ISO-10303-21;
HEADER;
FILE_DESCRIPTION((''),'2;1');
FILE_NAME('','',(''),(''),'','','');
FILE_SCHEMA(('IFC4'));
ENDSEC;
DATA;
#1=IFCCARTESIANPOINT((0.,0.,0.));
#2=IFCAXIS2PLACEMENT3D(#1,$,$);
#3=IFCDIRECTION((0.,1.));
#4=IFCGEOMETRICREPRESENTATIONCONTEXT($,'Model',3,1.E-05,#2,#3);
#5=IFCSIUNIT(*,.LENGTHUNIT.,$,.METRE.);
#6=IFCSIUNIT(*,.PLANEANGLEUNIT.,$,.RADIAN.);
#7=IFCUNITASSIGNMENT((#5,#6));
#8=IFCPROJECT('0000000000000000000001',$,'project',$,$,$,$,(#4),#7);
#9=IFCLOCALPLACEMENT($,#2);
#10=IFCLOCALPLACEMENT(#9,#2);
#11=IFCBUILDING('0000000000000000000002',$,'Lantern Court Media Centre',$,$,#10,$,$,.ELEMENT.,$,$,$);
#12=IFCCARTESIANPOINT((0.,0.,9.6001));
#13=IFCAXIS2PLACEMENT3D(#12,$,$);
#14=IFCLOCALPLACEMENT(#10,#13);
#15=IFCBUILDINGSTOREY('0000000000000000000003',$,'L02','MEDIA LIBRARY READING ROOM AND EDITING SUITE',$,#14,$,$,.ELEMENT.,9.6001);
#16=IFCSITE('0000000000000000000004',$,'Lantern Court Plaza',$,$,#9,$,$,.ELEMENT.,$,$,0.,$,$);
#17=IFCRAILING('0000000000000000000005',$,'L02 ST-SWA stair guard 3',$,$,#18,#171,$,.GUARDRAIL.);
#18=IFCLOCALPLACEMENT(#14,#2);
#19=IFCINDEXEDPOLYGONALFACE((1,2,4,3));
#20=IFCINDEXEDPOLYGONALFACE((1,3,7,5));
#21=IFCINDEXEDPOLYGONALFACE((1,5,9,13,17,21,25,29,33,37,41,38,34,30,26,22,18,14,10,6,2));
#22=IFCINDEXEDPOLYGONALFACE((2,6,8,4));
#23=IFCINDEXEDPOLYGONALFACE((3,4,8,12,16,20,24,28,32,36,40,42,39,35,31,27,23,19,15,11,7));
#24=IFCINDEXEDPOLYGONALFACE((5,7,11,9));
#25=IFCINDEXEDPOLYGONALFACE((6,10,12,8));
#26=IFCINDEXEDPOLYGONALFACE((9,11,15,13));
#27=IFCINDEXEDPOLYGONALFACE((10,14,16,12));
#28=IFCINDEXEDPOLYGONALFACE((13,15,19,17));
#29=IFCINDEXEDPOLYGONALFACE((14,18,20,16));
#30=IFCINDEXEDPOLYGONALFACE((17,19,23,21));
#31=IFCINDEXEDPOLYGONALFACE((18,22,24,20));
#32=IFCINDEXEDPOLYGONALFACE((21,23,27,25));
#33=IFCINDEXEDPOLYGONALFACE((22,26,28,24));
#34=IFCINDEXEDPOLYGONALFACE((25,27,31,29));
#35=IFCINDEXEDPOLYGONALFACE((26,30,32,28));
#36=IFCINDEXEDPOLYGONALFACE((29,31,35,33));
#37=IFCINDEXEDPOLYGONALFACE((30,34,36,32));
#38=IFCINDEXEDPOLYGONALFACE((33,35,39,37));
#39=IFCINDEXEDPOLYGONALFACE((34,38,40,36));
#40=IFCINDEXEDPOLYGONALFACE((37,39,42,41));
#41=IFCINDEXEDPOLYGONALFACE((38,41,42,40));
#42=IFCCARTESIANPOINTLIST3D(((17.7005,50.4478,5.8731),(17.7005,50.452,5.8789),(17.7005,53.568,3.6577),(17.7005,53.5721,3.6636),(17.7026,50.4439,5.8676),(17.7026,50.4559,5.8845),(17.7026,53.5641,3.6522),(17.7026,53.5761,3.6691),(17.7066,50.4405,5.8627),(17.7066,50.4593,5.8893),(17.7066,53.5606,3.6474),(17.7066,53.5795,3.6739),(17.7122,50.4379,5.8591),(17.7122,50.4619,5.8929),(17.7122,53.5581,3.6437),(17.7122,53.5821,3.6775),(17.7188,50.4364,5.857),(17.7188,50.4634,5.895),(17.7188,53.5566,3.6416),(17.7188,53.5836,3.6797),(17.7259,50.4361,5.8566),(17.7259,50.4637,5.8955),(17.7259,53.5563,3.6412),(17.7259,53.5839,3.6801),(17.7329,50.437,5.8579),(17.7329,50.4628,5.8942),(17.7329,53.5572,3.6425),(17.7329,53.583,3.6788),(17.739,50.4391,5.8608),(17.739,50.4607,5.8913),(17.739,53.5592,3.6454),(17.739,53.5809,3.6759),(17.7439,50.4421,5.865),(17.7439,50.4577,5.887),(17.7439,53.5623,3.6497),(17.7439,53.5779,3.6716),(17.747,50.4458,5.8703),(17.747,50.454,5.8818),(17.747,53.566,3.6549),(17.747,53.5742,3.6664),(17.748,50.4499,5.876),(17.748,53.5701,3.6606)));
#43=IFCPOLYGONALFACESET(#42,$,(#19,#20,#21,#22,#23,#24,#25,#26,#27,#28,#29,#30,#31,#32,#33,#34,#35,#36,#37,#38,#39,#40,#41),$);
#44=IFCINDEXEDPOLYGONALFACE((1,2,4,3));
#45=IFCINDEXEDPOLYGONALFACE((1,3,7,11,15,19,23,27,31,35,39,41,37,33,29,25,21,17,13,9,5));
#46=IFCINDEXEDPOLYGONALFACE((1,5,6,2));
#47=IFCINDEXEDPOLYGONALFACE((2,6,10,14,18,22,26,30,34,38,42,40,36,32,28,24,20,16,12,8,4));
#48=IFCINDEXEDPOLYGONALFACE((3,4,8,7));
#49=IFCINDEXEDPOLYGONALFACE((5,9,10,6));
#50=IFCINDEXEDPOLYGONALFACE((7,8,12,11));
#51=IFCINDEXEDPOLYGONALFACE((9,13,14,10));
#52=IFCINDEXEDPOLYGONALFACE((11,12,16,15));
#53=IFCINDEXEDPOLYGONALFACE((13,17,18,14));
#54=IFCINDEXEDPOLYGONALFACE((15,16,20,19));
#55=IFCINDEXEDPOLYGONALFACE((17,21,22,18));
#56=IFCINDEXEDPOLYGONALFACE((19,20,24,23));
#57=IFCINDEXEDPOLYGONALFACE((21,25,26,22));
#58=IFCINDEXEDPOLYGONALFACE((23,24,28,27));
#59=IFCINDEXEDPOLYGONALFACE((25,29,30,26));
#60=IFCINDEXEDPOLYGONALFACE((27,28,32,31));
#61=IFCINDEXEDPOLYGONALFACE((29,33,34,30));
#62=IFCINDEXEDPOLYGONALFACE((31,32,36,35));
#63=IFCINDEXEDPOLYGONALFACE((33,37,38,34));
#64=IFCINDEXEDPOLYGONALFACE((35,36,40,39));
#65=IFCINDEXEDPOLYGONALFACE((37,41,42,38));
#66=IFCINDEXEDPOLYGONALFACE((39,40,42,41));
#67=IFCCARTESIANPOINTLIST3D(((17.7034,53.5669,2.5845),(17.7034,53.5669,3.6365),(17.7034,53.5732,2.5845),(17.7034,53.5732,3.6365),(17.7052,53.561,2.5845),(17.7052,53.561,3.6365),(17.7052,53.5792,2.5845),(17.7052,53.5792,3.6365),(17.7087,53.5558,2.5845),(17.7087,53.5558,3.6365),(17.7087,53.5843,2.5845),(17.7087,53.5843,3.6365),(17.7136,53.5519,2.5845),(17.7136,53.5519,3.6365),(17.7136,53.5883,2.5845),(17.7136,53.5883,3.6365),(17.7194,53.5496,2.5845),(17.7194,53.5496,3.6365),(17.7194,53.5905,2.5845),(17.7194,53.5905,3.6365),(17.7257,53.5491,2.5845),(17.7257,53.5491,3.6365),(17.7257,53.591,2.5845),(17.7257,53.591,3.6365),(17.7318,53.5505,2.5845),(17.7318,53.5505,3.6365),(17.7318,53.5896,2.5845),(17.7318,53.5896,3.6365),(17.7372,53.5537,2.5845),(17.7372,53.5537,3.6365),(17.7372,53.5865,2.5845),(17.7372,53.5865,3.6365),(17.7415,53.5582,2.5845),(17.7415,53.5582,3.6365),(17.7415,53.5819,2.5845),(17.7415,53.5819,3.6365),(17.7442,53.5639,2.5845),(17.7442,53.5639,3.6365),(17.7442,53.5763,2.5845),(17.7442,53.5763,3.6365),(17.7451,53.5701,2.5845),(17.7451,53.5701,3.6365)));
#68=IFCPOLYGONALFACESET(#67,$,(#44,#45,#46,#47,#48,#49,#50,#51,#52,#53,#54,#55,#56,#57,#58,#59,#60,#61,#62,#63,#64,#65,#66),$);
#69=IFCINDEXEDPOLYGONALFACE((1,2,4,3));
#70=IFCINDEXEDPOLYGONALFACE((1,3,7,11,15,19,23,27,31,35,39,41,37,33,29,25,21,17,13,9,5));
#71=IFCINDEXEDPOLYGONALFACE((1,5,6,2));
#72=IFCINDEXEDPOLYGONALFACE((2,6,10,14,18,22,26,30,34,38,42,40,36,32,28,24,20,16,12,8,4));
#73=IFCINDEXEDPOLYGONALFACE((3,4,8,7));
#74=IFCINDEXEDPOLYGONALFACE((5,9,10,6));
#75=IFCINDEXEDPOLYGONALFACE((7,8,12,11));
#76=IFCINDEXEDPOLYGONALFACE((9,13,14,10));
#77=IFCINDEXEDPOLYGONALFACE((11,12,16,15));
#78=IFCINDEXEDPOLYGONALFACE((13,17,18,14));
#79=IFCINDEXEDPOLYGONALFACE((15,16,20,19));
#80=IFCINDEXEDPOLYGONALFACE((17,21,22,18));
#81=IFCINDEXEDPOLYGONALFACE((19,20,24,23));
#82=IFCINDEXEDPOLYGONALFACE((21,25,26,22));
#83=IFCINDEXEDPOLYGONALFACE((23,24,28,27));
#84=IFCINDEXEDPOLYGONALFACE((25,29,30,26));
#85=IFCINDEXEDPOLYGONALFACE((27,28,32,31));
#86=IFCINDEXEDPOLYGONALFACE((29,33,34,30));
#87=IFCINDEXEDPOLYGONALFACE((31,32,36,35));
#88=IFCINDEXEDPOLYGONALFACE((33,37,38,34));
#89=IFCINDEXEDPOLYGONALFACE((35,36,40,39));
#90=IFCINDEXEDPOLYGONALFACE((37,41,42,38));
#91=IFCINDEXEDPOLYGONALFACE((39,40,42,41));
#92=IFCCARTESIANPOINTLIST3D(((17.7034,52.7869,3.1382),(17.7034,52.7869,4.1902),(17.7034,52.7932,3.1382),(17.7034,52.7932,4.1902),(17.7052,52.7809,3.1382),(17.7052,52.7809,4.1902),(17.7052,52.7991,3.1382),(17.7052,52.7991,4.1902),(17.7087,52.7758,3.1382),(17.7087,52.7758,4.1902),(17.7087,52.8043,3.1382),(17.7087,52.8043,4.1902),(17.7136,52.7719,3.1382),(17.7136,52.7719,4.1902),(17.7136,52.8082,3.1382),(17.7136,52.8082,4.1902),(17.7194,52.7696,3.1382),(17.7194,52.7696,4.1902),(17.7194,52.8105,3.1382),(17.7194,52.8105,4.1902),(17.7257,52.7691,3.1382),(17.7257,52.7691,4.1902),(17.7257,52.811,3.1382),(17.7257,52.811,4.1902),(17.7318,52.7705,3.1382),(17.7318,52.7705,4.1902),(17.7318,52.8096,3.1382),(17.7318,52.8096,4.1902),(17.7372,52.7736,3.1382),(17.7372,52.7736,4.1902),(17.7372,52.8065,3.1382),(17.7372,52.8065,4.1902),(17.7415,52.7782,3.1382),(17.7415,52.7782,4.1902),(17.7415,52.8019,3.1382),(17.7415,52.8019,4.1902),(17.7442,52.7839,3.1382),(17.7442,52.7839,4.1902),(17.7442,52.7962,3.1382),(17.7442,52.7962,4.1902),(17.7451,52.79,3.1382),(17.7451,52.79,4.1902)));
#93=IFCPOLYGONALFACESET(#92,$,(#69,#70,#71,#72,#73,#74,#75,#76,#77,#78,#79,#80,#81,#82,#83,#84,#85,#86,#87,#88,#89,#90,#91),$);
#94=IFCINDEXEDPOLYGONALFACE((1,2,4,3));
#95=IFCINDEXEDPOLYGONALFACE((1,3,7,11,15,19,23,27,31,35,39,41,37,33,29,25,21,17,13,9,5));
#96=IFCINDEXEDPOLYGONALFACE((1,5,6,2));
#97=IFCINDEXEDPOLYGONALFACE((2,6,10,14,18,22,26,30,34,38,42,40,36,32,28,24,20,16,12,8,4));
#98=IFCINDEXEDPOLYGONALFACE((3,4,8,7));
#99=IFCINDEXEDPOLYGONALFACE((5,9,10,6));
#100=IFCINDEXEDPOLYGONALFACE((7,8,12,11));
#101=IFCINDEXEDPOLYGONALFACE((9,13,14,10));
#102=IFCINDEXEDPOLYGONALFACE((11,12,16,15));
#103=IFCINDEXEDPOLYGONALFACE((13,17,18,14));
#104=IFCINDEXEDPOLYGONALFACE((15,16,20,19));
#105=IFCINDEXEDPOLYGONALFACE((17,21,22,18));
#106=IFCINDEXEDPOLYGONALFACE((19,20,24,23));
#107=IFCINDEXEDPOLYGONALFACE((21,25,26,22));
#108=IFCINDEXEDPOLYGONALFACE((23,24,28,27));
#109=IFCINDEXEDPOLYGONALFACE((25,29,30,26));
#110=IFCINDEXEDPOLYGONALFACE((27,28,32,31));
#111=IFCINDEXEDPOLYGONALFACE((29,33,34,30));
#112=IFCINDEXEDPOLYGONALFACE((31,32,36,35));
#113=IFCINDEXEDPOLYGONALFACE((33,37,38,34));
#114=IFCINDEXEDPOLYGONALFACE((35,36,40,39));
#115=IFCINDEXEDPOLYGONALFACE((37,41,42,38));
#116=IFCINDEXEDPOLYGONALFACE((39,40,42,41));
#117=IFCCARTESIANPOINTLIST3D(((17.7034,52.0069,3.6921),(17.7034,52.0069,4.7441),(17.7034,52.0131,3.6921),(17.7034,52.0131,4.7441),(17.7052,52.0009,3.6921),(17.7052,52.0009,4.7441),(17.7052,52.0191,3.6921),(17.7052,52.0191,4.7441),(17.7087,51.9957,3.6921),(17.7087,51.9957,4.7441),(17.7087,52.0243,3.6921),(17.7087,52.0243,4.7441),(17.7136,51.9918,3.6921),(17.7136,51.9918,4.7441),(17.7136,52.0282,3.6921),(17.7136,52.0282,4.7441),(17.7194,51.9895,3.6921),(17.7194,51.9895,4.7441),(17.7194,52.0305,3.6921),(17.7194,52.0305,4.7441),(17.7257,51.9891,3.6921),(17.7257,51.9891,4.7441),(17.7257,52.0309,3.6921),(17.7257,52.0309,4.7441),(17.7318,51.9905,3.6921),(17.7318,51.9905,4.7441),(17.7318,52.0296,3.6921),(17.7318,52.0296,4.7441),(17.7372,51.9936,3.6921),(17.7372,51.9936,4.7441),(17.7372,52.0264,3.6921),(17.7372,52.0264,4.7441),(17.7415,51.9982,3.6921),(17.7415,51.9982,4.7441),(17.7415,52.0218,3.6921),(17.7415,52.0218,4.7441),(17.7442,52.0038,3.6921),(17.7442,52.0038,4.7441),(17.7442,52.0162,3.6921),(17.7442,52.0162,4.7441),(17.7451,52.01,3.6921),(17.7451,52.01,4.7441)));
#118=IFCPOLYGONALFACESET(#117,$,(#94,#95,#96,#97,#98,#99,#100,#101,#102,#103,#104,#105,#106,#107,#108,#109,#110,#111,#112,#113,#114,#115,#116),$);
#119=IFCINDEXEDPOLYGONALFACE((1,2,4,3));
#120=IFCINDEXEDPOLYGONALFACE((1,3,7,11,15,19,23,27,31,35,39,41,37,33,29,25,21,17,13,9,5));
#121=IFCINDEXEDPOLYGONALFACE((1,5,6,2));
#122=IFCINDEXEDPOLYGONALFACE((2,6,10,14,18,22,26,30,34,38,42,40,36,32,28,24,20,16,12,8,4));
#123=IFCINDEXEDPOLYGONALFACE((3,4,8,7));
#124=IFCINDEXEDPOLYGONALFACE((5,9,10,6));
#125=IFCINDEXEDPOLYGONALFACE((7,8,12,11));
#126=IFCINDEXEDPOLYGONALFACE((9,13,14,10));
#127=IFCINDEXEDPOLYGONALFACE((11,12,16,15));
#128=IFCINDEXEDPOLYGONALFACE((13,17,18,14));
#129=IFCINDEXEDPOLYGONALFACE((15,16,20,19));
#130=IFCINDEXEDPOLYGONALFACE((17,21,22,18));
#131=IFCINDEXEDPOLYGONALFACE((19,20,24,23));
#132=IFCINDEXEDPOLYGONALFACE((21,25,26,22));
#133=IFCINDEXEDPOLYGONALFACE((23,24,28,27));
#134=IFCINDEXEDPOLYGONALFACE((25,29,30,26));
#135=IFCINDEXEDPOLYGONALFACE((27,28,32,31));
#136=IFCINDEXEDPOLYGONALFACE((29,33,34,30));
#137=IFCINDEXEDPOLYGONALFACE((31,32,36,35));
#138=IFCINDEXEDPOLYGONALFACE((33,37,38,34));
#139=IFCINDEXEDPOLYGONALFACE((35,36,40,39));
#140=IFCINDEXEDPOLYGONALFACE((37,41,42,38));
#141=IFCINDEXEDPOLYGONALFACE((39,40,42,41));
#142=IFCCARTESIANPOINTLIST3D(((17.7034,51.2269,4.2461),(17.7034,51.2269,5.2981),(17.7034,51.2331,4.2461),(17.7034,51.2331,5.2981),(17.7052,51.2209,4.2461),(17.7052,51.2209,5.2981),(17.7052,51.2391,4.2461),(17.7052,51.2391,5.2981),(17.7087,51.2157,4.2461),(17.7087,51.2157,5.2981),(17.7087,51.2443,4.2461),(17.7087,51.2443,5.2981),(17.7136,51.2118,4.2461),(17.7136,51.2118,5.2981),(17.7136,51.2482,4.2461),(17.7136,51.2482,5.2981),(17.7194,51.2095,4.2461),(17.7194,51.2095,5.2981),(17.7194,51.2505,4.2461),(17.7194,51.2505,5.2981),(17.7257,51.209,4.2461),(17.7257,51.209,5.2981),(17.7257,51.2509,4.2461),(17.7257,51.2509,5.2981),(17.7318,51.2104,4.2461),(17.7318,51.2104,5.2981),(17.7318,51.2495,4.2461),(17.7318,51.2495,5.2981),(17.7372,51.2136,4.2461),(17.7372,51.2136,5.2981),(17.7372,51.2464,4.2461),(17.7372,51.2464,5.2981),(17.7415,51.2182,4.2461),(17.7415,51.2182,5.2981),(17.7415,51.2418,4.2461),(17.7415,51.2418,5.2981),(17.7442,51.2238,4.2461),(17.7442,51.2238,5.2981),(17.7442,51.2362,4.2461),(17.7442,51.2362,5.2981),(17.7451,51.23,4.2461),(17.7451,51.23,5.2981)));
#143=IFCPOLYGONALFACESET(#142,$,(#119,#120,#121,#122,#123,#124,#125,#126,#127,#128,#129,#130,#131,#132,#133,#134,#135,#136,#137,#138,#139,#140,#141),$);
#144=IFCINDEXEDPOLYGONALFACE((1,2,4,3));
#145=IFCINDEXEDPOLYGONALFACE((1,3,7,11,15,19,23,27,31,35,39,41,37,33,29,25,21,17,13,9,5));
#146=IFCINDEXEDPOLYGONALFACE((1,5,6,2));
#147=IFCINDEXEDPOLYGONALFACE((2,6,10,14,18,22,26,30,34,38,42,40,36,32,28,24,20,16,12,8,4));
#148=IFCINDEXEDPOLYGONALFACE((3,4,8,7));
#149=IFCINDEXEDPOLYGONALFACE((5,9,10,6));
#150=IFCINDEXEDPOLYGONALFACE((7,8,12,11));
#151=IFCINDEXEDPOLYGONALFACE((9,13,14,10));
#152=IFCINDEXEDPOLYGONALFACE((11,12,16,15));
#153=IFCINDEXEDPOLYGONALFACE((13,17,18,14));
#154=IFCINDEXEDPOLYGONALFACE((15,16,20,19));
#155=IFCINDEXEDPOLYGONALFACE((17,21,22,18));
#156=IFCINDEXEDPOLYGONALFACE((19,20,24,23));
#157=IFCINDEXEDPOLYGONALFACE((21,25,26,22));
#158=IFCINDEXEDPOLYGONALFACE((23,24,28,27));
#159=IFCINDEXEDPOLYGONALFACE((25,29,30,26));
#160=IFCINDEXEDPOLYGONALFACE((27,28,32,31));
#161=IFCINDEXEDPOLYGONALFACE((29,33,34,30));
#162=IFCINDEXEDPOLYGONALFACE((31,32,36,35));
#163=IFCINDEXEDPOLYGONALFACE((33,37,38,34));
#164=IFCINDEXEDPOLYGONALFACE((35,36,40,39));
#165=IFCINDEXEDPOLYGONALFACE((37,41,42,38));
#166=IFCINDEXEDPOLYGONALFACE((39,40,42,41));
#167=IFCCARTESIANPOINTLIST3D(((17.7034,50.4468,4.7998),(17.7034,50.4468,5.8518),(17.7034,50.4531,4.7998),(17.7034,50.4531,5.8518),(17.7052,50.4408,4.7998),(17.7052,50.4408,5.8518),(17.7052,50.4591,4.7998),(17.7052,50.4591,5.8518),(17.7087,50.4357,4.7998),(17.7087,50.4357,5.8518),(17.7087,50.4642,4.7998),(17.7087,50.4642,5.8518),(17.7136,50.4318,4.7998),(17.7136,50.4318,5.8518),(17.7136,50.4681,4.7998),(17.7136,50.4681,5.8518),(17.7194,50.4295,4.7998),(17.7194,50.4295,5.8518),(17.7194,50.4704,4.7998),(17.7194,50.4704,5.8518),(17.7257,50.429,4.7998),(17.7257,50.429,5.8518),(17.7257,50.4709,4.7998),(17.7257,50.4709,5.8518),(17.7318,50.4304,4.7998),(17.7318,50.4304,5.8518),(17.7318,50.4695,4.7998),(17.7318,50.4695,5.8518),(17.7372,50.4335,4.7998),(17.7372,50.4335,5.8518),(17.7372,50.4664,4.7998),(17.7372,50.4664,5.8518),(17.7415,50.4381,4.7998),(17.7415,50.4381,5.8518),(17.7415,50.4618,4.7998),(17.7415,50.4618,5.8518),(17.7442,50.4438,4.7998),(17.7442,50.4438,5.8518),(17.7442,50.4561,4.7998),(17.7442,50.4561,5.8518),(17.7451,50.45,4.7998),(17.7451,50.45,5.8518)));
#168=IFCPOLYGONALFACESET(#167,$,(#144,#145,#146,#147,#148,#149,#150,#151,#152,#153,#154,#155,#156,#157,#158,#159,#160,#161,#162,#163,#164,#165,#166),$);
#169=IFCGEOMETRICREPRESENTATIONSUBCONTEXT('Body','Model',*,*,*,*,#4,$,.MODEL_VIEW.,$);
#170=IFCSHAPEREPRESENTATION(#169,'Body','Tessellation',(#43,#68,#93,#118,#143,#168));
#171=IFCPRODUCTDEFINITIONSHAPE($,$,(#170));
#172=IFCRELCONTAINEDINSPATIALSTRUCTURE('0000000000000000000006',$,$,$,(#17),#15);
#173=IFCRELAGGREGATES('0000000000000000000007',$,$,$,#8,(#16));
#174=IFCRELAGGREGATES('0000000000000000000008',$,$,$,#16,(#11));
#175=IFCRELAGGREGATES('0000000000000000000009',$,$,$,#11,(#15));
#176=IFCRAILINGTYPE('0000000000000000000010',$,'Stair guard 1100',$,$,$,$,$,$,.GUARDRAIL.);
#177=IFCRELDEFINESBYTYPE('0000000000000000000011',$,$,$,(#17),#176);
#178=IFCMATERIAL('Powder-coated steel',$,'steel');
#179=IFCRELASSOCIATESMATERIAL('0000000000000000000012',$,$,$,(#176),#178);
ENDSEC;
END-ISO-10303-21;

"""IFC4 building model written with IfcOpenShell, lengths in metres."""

from ifc_helpers import new_model, si_unit, direction, frame, origin, origin_2d, place, context, subcontext, project, spatial, circle, extrude, material, type_object, element, save


model = new_model("IFC4")

# Units and contexts
model_context = context("Model", 3, precision=1e-05, world=origin(), true_north=direction((0.0, 1.0)))
body_context = subcontext(model_context, "Body", "Model", "MODEL_VIEW")
ifc_project = project(units=[si_unit("LENGTHUNIT", "METRE"), si_unit("PLANEANGLEUNIT", "RADIAN")], contexts=[model_context])

# Site, building, storey
site_placement = place(None, origin())
site = spatial("IfcSite", under=ifc_project, at=site_placement, Name="Lantern Court Plaza", CompositionType="ELEMENT", RefElevation=0.0)
building_placement = place(site_placement, origin())
building = spatial("IfcBuilding", under=site, at=building_placement, Name="Lantern Court Media Centre", CompositionType="ELEMENT")
storey_placement = place(building_placement, frame((0.0, 0.0, 9.6001)))
storey = spatial("IfcBuildingStorey", under=building, at=storey_placement, Name="L02", Description="MEDIA LIBRARY READING ROOM AND EDITING SUITE", CompositionType="ELEMENT", Elevation=9.6001)

# Shared definitions
ifc_material_1 = material(Name="Powder-coated steel", Category="steel")

# Railing
railing_type_1 = type_object("IfcRailingType", Name="Stair guard 1100", PredefinedType="GUARDRAIL", material=ifc_material_1)
railing_1_placement = place(storey_placement, frame((17.7241, 53.5701, 2.5845)))
element("IfcRailing", 1, at=railing_1_placement, inside=storey, type_object=railing_type_1, Name="L02 ST-SWA stair guard 3", PredefinedType="GUARDRAIL", context=body_context, shape_type="SweptSolid", body=[
    extrude(circle(Radius=0.0239, at=origin_2d()), frame((0.0, 0.0, 1.0762), z_axis=(0.0, -0.815377, 0.57893), x_axis=(1.0, 0.0, 0.0)), (0.0, 0.0, 1.0), 3.8267),
    extrude(circle(Radius=0.021, at=origin_2d()), origin(), (0.0, 0.0, 1.0), 1.052),
    extrude(circle(Radius=0.021, at=origin_2d()), frame((0.0, -0.78, 0.5537)), (0.0, 0.0, 1.0), 1.052),
    extrude(circle(Radius=0.021, at=origin_2d()), frame((0.0, -1.5601, 1.1077)), (0.0, 0.0, 1.0), 1.052),
    extrude(circle(Radius=0.021, at=origin_2d()), frame((0.0, -2.3401, 1.6616)), (0.0, 0.0, 1.0), 1.052),
    extrude(circle(Radius=0.021, at=origin_2d()), frame((0.0, -3.1201, 2.2153)), (0.0, 0.0, 1.0), 1.052),
])

save(model, "model.ifc")
